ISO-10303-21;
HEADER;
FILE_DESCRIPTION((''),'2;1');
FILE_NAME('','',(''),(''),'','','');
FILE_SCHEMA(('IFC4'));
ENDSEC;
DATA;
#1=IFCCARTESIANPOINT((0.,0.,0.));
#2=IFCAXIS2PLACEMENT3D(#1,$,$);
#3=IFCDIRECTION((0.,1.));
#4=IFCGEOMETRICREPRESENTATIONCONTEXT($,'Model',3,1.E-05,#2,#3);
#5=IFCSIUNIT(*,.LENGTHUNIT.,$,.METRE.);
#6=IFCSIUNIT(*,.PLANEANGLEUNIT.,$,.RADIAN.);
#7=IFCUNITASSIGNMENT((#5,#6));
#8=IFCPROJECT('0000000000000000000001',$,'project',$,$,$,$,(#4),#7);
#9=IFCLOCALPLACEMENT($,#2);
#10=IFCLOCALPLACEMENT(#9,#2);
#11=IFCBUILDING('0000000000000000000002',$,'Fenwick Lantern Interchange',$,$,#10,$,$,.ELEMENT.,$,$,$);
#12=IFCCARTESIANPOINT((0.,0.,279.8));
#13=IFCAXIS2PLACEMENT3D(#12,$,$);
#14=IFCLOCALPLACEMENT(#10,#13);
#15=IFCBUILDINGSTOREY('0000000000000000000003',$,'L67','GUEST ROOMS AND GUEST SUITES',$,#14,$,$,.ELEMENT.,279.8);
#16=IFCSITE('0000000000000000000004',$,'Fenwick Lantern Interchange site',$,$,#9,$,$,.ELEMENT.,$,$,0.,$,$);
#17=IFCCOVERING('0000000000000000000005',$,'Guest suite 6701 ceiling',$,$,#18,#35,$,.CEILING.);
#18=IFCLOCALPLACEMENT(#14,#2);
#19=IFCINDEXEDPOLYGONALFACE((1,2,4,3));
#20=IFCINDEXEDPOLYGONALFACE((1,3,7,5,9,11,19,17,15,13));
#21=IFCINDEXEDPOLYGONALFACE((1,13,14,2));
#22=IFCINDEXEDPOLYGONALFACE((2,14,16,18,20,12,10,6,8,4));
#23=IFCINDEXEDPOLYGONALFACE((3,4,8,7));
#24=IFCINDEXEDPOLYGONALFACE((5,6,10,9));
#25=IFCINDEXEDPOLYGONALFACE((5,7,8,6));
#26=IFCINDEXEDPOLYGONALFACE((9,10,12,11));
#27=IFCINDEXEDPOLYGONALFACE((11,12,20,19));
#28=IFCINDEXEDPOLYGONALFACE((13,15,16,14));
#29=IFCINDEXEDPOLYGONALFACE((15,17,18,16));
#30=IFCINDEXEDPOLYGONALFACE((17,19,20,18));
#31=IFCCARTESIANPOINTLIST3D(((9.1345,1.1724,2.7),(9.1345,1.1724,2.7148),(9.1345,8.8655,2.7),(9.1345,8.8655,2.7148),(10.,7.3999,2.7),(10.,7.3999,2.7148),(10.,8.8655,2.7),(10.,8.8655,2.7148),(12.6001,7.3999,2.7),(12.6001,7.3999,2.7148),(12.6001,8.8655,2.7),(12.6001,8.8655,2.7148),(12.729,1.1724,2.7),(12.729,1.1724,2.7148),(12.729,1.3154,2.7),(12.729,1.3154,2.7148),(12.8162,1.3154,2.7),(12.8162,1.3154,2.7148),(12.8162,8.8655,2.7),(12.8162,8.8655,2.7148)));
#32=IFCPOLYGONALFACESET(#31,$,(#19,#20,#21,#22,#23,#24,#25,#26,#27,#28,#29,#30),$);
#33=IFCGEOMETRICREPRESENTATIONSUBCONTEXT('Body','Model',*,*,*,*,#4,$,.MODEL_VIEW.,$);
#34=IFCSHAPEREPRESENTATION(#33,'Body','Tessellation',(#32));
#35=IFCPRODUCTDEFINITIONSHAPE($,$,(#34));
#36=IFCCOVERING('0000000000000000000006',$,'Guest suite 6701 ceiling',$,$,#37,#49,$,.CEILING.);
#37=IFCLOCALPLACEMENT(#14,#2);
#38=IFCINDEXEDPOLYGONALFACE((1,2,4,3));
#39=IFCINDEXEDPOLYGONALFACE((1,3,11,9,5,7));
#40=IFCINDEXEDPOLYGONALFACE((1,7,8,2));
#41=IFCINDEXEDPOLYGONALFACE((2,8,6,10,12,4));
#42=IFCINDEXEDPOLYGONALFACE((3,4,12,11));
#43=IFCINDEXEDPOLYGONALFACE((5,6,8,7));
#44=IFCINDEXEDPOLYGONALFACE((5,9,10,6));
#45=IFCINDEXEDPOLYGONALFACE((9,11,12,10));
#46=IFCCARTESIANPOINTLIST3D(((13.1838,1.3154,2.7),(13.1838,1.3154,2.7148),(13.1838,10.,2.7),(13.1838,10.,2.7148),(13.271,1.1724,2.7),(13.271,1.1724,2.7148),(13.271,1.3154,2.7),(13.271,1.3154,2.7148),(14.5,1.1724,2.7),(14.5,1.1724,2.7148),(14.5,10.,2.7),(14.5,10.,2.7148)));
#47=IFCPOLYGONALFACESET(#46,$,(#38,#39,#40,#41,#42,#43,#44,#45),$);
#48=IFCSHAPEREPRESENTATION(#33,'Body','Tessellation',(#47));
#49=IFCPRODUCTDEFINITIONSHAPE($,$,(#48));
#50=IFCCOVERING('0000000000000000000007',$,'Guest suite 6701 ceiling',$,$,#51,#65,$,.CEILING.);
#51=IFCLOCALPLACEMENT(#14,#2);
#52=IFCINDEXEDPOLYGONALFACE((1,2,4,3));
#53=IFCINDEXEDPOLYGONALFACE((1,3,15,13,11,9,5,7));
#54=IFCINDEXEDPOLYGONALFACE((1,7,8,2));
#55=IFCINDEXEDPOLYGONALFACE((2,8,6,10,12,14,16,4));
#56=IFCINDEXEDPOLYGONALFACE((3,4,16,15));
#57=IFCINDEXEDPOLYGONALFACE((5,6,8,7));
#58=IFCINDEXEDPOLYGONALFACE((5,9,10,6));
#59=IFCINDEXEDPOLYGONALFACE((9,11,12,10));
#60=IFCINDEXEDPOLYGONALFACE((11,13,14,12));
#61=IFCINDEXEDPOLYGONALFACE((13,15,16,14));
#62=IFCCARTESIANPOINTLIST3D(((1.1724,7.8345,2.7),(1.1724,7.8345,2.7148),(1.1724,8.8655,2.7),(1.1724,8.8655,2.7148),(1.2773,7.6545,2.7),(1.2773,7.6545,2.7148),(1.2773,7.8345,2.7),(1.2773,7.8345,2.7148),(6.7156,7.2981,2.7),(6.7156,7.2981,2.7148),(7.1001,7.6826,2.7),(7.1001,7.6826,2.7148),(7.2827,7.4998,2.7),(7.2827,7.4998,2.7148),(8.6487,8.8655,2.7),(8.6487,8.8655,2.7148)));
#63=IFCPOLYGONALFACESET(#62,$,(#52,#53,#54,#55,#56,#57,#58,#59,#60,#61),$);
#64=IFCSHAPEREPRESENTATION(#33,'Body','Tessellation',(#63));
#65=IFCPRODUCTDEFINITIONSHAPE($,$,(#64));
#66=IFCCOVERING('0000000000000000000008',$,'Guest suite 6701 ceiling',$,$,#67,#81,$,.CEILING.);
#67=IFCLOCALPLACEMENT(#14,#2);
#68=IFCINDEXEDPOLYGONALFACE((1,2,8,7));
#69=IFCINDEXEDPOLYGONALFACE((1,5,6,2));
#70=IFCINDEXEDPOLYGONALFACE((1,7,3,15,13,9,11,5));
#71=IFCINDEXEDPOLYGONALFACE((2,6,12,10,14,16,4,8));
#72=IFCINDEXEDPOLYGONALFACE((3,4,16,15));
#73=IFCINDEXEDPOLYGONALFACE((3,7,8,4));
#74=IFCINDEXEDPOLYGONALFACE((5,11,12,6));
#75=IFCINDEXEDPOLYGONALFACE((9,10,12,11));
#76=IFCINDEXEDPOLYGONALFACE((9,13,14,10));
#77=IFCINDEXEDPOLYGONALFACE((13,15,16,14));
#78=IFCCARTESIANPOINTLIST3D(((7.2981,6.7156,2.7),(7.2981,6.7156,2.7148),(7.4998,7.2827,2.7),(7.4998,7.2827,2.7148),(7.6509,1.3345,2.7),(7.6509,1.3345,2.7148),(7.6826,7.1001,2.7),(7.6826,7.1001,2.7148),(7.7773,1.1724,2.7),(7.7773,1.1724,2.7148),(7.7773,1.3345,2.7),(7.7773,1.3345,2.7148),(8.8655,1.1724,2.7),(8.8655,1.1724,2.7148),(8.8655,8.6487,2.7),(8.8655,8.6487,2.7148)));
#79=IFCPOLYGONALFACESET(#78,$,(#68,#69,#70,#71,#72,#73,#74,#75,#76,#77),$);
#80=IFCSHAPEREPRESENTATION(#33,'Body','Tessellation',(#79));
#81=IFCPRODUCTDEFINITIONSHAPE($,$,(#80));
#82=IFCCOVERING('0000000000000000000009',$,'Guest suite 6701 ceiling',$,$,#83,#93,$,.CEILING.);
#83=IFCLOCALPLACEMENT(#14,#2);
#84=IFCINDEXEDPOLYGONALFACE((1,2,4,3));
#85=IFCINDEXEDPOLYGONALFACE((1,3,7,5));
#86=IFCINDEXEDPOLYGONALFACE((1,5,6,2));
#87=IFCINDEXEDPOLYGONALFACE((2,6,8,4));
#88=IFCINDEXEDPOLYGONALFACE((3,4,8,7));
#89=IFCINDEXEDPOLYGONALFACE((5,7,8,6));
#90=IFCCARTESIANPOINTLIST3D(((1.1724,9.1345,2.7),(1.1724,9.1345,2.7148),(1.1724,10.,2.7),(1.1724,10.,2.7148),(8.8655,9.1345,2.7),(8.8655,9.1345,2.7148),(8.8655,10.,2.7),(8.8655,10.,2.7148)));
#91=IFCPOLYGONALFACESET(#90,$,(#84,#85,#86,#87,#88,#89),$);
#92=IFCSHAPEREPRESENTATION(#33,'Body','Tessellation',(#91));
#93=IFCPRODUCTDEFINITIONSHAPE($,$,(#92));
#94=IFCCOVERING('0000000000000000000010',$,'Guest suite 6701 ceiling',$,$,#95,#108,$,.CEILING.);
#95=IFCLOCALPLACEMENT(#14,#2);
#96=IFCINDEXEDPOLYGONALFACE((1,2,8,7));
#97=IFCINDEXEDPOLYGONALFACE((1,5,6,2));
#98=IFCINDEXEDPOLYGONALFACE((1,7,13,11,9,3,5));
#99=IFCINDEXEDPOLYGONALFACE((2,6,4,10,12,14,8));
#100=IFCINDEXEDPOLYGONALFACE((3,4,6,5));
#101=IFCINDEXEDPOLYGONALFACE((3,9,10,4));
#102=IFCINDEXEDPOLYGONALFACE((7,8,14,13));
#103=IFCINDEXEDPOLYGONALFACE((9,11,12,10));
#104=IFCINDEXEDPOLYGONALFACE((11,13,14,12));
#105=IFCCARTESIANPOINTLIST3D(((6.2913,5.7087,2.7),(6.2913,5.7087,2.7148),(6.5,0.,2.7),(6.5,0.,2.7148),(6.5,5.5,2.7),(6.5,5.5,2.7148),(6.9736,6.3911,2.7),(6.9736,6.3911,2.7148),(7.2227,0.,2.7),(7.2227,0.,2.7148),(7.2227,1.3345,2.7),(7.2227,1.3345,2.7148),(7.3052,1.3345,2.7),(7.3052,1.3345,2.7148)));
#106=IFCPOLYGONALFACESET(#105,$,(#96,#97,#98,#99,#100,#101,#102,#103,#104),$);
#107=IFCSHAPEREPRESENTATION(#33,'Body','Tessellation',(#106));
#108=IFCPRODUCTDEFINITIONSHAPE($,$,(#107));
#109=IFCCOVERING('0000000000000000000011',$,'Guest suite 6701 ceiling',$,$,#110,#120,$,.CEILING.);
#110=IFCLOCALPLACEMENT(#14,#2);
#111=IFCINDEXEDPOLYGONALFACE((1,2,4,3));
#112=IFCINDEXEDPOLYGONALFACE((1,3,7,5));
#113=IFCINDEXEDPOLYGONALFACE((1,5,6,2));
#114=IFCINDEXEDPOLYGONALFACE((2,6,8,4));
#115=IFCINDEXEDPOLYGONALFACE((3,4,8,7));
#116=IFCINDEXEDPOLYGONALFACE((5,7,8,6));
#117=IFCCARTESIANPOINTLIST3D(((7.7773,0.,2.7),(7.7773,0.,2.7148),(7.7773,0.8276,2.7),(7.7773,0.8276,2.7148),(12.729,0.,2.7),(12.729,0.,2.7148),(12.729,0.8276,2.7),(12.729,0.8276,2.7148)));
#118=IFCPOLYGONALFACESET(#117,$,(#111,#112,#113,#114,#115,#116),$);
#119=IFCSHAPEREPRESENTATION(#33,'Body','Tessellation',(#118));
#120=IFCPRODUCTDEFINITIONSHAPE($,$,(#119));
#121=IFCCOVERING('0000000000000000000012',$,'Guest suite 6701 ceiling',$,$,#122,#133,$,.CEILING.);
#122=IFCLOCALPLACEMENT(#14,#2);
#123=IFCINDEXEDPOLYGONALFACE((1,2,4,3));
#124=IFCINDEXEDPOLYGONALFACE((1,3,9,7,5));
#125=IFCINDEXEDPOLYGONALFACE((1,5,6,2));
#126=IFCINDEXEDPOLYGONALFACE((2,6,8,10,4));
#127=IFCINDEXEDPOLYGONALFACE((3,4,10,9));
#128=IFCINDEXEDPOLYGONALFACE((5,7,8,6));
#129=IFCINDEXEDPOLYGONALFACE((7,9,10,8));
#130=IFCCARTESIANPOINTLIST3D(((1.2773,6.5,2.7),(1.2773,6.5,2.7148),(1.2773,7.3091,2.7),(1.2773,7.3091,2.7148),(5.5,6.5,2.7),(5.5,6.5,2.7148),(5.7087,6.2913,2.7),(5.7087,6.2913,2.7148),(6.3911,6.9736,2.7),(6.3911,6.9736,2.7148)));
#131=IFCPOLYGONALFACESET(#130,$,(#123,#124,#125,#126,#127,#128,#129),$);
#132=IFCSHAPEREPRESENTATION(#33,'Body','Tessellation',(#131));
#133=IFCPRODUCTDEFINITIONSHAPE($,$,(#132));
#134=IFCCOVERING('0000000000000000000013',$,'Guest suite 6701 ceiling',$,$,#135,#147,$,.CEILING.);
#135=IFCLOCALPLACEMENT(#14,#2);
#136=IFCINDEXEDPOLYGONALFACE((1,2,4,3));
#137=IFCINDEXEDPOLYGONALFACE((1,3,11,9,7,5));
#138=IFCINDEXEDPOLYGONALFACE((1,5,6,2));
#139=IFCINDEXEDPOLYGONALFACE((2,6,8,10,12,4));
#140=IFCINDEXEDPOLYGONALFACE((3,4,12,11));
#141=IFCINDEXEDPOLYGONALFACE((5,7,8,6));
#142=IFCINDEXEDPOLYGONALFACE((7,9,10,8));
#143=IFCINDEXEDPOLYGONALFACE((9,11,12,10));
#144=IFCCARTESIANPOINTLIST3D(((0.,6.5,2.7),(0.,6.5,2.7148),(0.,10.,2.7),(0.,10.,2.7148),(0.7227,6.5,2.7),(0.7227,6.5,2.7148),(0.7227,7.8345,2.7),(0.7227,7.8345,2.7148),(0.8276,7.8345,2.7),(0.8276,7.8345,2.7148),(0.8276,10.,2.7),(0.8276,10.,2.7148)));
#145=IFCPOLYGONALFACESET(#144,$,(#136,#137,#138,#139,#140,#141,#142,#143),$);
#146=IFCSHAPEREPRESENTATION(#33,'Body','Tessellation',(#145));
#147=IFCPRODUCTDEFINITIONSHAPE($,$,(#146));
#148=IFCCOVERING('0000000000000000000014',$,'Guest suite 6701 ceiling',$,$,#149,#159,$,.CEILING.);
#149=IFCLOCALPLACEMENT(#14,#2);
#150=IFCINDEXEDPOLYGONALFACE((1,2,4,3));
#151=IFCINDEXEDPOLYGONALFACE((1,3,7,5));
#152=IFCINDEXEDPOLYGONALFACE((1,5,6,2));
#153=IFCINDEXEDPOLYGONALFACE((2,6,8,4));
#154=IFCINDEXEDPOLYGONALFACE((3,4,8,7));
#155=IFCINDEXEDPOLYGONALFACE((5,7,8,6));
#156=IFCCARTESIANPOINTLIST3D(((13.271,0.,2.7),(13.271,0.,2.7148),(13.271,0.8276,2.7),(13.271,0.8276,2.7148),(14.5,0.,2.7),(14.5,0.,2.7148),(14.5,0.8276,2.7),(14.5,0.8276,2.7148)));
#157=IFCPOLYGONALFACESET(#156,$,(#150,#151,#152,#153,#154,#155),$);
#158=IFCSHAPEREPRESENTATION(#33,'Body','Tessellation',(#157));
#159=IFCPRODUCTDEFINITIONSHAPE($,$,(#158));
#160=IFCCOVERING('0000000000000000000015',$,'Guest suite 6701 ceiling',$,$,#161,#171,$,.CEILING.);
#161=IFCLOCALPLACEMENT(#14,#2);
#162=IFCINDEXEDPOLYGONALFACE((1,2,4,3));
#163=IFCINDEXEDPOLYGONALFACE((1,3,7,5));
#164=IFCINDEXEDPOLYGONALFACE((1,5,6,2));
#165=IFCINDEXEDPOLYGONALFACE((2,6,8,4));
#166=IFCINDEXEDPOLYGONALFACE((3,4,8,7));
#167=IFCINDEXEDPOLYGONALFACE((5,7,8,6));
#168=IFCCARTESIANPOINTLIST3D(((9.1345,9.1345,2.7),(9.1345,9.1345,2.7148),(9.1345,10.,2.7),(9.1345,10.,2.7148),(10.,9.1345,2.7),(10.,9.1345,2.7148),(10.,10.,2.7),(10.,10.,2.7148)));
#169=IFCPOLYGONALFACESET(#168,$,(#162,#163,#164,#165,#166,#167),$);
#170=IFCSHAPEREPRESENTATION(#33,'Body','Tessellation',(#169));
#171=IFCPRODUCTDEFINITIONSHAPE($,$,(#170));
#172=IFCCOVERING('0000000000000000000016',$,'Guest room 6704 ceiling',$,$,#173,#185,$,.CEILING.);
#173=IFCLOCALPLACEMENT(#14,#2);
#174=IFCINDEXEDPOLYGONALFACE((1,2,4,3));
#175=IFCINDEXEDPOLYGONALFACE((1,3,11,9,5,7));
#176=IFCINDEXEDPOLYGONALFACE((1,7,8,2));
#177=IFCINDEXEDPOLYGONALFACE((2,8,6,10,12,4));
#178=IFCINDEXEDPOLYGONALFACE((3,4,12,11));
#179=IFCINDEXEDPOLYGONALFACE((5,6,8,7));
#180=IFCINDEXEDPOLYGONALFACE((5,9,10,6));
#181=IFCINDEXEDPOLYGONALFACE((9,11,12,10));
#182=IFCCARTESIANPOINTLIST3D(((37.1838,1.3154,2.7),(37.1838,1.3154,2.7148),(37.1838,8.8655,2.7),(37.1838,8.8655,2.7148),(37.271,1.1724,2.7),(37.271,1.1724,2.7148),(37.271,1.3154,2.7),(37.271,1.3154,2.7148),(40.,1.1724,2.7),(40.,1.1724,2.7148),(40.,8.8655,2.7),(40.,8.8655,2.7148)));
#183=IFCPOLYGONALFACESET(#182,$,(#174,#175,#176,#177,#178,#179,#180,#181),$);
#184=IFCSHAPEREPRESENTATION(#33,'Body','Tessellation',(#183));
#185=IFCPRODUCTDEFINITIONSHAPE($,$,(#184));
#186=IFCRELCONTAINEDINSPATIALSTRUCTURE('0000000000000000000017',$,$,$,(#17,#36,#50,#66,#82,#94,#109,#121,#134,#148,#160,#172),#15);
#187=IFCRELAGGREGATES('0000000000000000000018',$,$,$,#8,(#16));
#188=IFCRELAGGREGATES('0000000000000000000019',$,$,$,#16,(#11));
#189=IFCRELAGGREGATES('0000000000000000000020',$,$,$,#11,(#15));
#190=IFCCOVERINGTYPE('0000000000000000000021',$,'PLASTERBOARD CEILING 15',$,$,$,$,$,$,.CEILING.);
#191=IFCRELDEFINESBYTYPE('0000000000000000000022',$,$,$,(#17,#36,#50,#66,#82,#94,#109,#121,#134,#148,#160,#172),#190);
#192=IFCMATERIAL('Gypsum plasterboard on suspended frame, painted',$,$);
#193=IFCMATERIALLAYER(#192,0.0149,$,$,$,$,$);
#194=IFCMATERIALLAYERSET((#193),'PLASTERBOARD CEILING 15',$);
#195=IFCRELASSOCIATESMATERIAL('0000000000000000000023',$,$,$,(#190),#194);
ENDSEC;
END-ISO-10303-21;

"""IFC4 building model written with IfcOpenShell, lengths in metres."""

from ifc_helpers import new_model, si_unit, direction, frame, origin, place, context, subcontext, project, spatial, polyline, outline, extrude, material, layer, layer_set, type_object, element, save


model = new_model("IFC4")

# Units and contexts
model_context = context("Model", 3, precision=1e-05, world=origin(), true_north=direction((0.0, 1.0)))
body_context = subcontext(model_context, "Body", "Model", "MODEL_VIEW")
ifc_project = project(units=[si_unit("LENGTHUNIT", "METRE"), si_unit("PLANEANGLEUNIT", "RADIAN")], contexts=[model_context])

# Site, building, storey
site_placement = place(None, origin())
site = spatial("IfcSite", under=ifc_project, at=site_placement, Name="Fenwick Lantern Interchange site", CompositionType="ELEMENT", RefElevation=0.0)
building_placement = place(site_placement, origin())
building = spatial("IfcBuilding", under=site, at=building_placement, Name="Fenwick Lantern Interchange", CompositionType="ELEMENT")
storey_placement = place(building_placement, frame((0.0, 0.0, 279.8)))
storey = spatial("IfcBuildingStorey", under=building, at=storey_placement, Name="L67", Description="GUEST ROOMS AND GUEST SUITES", CompositionType="ELEMENT", Elevation=279.8)

# Coverings
ifc_material = material(Name="Gypsum plasterboard on suspended frame, painted")
ifc_layer = layer(ifc_material, 0.0149)
ifc_layer_set = layer_set([ifc_layer], Name="PLASTERBOARD CEILING 15")
covering_type = type_object("IfcCoveringType", Name="PLASTERBOARD CEILING 15", PredefinedType="CEILING", material=ifc_layer_set)
covering_1_placement = place(storey_placement, frame((0.0, 0.0, 2.7)))
element("IfcCovering", 1, at=covering_1_placement, inside=storey, type_object=covering_type, Name="Guest suite 6701 ceiling", PredefinedType="CEILING", context=body_context, shape_type="SweptSolid", body=[
    extrude(outline(polyline([(10.0, 7.3999), (10.0, 8.8655), (9.1345, 8.8655), (9.1345, 1.1724), (12.729, 1.1724), (12.729, 1.3154), (12.8162, 1.3154), (12.8162, 8.8655), (12.6001, 8.8655), (12.6001, 7.3999), (10.0, 7.3999)])), origin(), (0.0, 0.0, 1.0), 0.0149),
])
covering_2_placement = place(storey_placement, frame((0.0, 0.0, 2.7)))
element("IfcCovering", 2, at=covering_2_placement, inside=storey, type_object=covering_type, Name="Guest suite 6701 ceiling", PredefinedType="CEILING", context=body_context, shape_type="SweptSolid", body=[
    extrude(outline(polyline([(14.5, 10.0), (13.1838, 10.0), (13.1838, 1.3154), (13.271, 1.3154), (13.271, 1.1724), (14.5, 1.1724), (14.5, 10.0)])), origin(), (0.0, 0.0, 1.0), 0.0149),
])
covering_3_placement = place(storey_placement, frame((0.0, 0.0, 2.7)))
element("IfcCovering", 3, at=covering_3_placement, inside=storey, type_object=covering_type, Name="Guest suite 6701 ceiling", PredefinedType="CEILING", context=body_context, shape_type="SweptSolid", body=[
    extrude(outline(polyline([(7.1001, 7.6826), (7.2827, 7.4998), (8.6487, 8.8655), (1.1724, 8.8655), (1.1724, 7.8345), (1.2773, 7.8345), (1.2773, 7.6545), (6.7156, 7.2981), (7.1001, 7.6826)])), origin(), (0.0, 0.0, 1.0), 0.0149),
])
covering_4_placement = place(storey_placement, frame((0.0, 0.0, 2.7)))
element("IfcCovering", 4, at=covering_4_placement, inside=storey, type_object=covering_type, Name="Guest suite 6701 ceiling", PredefinedType="CEILING", context=body_context, shape_type="SweptSolid", body=[
    extrude(outline(polyline([(7.7773, 1.3345), (7.7773, 1.1724), (8.8655, 1.1724), (8.8655, 8.6487), (7.4998, 7.2827), (7.6826, 7.1001), (7.2981, 6.7156), (7.6509, 1.3345), (7.7773, 1.3345)])), origin(), (0.0, 0.0, 1.0), 0.0149),
])
covering_5_placement = place(storey_placement, frame((0.0, 0.0, 2.7)))
element("IfcCovering", 5, at=covering_5_placement, inside=storey, type_object=covering_type, Name="Guest suite 6701 ceiling", PredefinedType="CEILING", context=body_context, shape_type="SweptSolid", body=[
    extrude(outline(polyline([(8.8655, 10.0), (1.1724, 10.0), (1.1724, 9.1345), (8.8655, 9.1345), (8.8655, 10.0)])), origin(), (0.0, 0.0, 1.0), 0.0149),
])
covering_6_placement = place(storey_placement, frame((0.0, 0.0, 2.7)))
element("IfcCovering", 6, at=covering_6_placement, inside=storey, type_object=covering_type, Name="Guest suite 6701 ceiling", PredefinedType="CEILING", context=body_context, shape_type="SweptSolid", body=[
    extrude(outline(polyline([(7.2227, 1.3345), (7.3052, 1.3345), (6.9736, 6.3911), (6.2913, 5.7087), (6.5, 5.5), (6.5, 0.0), (7.2227, 0.0), (7.2227, 1.3345)])), origin(), (0.0, 0.0, 1.0), 0.0149),
])
covering_7_placement = place(storey_placement, frame((0.0, 0.0, 2.7)))
element("IfcCovering", 7, at=covering_7_placement, inside=storey, type_object=covering_type, Name="Guest suite 6701 ceiling", PredefinedType="CEILING", context=body_context, shape_type="SweptSolid", body=[
    extrude(outline(polyline([(12.729, 0.0), (12.729, 0.8276), (7.7773, 0.8276), (7.7773, 0.0), (12.729, 0.0)])), origin(), (0.0, 0.0, 1.0), 0.0149),
])
covering_8_placement = place(storey_placement, frame((0.0, 0.0, 2.7)))
element("IfcCovering", 8, at=covering_8_placement, inside=storey, type_object=covering_type, Name="Guest suite 6701 ceiling", PredefinedType="CEILING", context=body_context, shape_type="SweptSolid", body=[
    extrude(outline(polyline([(5.7087, 6.2913), (6.3911, 6.9736), (1.2773, 7.3091), (1.2773, 6.5), (5.5, 6.5), (5.7087, 6.2913)])), origin(), (0.0, 0.0, 1.0), 0.0149),
])
covering_9_placement = place(storey_placement, frame((0.0, 0.0, 2.7)))
element("IfcCovering", 9, at=covering_9_placement, inside=storey, type_object=covering_type, Name="Guest suite 6701 ceiling", PredefinedType="CEILING", context=body_context, shape_type="SweptSolid", body=[
    extrude(outline(polyline([(0.7227, 7.8345), (0.8276, 7.8345), (0.8276, 10.0), (0.0, 10.0), (0.0, 6.5), (0.7227, 6.5), (0.7227, 7.8345)])), origin(), (0.0, 0.0, 1.0), 0.0149),
])
covering_10_placement = place(storey_placement, frame((0.0, 0.0, 2.7)))
element("IfcCovering", 10, at=covering_10_placement, inside=storey, type_object=covering_type, Name="Guest suite 6701 ceiling", PredefinedType="CEILING", context=body_context, shape_type="SweptSolid", body=[
    extrude(outline(polyline([(14.5, 0.0), (14.5, 0.8276), (13.271, 0.8276), (13.271, 0.0), (14.5, 0.0)])), origin(), (0.0, 0.0, 1.0), 0.0149),
])
covering_11_placement = place(storey_placement, frame((0.0, 0.0, 2.7)))
element("IfcCovering", 11, at=covering_11_placement, inside=storey, type_object=covering_type, Name="Guest suite 6701 ceiling", PredefinedType="CEILING", context=body_context, shape_type="SweptSolid", body=[
    extrude(outline(polyline([(10.0, 9.1345), (10.0, 10.0), (9.1345, 10.0), (9.1345, 9.1345), (10.0, 9.1345)])), origin(), (0.0, 0.0, 1.0), 0.0149),
])
covering_12_placement = place(storey_placement, frame((0.0, 0.0, 2.7)))
element("IfcCovering", 12, at=covering_12_placement, inside=storey, type_object=covering_type, Name="Guest room 6704 ceiling", PredefinedType="CEILING", context=body_context, shape_type="SweptSolid", body=[
    extrude(outline(polyline([(37.271, 1.3154), (37.271, 1.1724), (40.0, 1.1724), (40.0, 8.8655), (37.1838, 8.8655), (37.1838, 1.3154), (37.271, 1.3154)])), origin(), (0.0, 0.0, 1.0), 0.0149),
])

save(model, "model.ifc")
